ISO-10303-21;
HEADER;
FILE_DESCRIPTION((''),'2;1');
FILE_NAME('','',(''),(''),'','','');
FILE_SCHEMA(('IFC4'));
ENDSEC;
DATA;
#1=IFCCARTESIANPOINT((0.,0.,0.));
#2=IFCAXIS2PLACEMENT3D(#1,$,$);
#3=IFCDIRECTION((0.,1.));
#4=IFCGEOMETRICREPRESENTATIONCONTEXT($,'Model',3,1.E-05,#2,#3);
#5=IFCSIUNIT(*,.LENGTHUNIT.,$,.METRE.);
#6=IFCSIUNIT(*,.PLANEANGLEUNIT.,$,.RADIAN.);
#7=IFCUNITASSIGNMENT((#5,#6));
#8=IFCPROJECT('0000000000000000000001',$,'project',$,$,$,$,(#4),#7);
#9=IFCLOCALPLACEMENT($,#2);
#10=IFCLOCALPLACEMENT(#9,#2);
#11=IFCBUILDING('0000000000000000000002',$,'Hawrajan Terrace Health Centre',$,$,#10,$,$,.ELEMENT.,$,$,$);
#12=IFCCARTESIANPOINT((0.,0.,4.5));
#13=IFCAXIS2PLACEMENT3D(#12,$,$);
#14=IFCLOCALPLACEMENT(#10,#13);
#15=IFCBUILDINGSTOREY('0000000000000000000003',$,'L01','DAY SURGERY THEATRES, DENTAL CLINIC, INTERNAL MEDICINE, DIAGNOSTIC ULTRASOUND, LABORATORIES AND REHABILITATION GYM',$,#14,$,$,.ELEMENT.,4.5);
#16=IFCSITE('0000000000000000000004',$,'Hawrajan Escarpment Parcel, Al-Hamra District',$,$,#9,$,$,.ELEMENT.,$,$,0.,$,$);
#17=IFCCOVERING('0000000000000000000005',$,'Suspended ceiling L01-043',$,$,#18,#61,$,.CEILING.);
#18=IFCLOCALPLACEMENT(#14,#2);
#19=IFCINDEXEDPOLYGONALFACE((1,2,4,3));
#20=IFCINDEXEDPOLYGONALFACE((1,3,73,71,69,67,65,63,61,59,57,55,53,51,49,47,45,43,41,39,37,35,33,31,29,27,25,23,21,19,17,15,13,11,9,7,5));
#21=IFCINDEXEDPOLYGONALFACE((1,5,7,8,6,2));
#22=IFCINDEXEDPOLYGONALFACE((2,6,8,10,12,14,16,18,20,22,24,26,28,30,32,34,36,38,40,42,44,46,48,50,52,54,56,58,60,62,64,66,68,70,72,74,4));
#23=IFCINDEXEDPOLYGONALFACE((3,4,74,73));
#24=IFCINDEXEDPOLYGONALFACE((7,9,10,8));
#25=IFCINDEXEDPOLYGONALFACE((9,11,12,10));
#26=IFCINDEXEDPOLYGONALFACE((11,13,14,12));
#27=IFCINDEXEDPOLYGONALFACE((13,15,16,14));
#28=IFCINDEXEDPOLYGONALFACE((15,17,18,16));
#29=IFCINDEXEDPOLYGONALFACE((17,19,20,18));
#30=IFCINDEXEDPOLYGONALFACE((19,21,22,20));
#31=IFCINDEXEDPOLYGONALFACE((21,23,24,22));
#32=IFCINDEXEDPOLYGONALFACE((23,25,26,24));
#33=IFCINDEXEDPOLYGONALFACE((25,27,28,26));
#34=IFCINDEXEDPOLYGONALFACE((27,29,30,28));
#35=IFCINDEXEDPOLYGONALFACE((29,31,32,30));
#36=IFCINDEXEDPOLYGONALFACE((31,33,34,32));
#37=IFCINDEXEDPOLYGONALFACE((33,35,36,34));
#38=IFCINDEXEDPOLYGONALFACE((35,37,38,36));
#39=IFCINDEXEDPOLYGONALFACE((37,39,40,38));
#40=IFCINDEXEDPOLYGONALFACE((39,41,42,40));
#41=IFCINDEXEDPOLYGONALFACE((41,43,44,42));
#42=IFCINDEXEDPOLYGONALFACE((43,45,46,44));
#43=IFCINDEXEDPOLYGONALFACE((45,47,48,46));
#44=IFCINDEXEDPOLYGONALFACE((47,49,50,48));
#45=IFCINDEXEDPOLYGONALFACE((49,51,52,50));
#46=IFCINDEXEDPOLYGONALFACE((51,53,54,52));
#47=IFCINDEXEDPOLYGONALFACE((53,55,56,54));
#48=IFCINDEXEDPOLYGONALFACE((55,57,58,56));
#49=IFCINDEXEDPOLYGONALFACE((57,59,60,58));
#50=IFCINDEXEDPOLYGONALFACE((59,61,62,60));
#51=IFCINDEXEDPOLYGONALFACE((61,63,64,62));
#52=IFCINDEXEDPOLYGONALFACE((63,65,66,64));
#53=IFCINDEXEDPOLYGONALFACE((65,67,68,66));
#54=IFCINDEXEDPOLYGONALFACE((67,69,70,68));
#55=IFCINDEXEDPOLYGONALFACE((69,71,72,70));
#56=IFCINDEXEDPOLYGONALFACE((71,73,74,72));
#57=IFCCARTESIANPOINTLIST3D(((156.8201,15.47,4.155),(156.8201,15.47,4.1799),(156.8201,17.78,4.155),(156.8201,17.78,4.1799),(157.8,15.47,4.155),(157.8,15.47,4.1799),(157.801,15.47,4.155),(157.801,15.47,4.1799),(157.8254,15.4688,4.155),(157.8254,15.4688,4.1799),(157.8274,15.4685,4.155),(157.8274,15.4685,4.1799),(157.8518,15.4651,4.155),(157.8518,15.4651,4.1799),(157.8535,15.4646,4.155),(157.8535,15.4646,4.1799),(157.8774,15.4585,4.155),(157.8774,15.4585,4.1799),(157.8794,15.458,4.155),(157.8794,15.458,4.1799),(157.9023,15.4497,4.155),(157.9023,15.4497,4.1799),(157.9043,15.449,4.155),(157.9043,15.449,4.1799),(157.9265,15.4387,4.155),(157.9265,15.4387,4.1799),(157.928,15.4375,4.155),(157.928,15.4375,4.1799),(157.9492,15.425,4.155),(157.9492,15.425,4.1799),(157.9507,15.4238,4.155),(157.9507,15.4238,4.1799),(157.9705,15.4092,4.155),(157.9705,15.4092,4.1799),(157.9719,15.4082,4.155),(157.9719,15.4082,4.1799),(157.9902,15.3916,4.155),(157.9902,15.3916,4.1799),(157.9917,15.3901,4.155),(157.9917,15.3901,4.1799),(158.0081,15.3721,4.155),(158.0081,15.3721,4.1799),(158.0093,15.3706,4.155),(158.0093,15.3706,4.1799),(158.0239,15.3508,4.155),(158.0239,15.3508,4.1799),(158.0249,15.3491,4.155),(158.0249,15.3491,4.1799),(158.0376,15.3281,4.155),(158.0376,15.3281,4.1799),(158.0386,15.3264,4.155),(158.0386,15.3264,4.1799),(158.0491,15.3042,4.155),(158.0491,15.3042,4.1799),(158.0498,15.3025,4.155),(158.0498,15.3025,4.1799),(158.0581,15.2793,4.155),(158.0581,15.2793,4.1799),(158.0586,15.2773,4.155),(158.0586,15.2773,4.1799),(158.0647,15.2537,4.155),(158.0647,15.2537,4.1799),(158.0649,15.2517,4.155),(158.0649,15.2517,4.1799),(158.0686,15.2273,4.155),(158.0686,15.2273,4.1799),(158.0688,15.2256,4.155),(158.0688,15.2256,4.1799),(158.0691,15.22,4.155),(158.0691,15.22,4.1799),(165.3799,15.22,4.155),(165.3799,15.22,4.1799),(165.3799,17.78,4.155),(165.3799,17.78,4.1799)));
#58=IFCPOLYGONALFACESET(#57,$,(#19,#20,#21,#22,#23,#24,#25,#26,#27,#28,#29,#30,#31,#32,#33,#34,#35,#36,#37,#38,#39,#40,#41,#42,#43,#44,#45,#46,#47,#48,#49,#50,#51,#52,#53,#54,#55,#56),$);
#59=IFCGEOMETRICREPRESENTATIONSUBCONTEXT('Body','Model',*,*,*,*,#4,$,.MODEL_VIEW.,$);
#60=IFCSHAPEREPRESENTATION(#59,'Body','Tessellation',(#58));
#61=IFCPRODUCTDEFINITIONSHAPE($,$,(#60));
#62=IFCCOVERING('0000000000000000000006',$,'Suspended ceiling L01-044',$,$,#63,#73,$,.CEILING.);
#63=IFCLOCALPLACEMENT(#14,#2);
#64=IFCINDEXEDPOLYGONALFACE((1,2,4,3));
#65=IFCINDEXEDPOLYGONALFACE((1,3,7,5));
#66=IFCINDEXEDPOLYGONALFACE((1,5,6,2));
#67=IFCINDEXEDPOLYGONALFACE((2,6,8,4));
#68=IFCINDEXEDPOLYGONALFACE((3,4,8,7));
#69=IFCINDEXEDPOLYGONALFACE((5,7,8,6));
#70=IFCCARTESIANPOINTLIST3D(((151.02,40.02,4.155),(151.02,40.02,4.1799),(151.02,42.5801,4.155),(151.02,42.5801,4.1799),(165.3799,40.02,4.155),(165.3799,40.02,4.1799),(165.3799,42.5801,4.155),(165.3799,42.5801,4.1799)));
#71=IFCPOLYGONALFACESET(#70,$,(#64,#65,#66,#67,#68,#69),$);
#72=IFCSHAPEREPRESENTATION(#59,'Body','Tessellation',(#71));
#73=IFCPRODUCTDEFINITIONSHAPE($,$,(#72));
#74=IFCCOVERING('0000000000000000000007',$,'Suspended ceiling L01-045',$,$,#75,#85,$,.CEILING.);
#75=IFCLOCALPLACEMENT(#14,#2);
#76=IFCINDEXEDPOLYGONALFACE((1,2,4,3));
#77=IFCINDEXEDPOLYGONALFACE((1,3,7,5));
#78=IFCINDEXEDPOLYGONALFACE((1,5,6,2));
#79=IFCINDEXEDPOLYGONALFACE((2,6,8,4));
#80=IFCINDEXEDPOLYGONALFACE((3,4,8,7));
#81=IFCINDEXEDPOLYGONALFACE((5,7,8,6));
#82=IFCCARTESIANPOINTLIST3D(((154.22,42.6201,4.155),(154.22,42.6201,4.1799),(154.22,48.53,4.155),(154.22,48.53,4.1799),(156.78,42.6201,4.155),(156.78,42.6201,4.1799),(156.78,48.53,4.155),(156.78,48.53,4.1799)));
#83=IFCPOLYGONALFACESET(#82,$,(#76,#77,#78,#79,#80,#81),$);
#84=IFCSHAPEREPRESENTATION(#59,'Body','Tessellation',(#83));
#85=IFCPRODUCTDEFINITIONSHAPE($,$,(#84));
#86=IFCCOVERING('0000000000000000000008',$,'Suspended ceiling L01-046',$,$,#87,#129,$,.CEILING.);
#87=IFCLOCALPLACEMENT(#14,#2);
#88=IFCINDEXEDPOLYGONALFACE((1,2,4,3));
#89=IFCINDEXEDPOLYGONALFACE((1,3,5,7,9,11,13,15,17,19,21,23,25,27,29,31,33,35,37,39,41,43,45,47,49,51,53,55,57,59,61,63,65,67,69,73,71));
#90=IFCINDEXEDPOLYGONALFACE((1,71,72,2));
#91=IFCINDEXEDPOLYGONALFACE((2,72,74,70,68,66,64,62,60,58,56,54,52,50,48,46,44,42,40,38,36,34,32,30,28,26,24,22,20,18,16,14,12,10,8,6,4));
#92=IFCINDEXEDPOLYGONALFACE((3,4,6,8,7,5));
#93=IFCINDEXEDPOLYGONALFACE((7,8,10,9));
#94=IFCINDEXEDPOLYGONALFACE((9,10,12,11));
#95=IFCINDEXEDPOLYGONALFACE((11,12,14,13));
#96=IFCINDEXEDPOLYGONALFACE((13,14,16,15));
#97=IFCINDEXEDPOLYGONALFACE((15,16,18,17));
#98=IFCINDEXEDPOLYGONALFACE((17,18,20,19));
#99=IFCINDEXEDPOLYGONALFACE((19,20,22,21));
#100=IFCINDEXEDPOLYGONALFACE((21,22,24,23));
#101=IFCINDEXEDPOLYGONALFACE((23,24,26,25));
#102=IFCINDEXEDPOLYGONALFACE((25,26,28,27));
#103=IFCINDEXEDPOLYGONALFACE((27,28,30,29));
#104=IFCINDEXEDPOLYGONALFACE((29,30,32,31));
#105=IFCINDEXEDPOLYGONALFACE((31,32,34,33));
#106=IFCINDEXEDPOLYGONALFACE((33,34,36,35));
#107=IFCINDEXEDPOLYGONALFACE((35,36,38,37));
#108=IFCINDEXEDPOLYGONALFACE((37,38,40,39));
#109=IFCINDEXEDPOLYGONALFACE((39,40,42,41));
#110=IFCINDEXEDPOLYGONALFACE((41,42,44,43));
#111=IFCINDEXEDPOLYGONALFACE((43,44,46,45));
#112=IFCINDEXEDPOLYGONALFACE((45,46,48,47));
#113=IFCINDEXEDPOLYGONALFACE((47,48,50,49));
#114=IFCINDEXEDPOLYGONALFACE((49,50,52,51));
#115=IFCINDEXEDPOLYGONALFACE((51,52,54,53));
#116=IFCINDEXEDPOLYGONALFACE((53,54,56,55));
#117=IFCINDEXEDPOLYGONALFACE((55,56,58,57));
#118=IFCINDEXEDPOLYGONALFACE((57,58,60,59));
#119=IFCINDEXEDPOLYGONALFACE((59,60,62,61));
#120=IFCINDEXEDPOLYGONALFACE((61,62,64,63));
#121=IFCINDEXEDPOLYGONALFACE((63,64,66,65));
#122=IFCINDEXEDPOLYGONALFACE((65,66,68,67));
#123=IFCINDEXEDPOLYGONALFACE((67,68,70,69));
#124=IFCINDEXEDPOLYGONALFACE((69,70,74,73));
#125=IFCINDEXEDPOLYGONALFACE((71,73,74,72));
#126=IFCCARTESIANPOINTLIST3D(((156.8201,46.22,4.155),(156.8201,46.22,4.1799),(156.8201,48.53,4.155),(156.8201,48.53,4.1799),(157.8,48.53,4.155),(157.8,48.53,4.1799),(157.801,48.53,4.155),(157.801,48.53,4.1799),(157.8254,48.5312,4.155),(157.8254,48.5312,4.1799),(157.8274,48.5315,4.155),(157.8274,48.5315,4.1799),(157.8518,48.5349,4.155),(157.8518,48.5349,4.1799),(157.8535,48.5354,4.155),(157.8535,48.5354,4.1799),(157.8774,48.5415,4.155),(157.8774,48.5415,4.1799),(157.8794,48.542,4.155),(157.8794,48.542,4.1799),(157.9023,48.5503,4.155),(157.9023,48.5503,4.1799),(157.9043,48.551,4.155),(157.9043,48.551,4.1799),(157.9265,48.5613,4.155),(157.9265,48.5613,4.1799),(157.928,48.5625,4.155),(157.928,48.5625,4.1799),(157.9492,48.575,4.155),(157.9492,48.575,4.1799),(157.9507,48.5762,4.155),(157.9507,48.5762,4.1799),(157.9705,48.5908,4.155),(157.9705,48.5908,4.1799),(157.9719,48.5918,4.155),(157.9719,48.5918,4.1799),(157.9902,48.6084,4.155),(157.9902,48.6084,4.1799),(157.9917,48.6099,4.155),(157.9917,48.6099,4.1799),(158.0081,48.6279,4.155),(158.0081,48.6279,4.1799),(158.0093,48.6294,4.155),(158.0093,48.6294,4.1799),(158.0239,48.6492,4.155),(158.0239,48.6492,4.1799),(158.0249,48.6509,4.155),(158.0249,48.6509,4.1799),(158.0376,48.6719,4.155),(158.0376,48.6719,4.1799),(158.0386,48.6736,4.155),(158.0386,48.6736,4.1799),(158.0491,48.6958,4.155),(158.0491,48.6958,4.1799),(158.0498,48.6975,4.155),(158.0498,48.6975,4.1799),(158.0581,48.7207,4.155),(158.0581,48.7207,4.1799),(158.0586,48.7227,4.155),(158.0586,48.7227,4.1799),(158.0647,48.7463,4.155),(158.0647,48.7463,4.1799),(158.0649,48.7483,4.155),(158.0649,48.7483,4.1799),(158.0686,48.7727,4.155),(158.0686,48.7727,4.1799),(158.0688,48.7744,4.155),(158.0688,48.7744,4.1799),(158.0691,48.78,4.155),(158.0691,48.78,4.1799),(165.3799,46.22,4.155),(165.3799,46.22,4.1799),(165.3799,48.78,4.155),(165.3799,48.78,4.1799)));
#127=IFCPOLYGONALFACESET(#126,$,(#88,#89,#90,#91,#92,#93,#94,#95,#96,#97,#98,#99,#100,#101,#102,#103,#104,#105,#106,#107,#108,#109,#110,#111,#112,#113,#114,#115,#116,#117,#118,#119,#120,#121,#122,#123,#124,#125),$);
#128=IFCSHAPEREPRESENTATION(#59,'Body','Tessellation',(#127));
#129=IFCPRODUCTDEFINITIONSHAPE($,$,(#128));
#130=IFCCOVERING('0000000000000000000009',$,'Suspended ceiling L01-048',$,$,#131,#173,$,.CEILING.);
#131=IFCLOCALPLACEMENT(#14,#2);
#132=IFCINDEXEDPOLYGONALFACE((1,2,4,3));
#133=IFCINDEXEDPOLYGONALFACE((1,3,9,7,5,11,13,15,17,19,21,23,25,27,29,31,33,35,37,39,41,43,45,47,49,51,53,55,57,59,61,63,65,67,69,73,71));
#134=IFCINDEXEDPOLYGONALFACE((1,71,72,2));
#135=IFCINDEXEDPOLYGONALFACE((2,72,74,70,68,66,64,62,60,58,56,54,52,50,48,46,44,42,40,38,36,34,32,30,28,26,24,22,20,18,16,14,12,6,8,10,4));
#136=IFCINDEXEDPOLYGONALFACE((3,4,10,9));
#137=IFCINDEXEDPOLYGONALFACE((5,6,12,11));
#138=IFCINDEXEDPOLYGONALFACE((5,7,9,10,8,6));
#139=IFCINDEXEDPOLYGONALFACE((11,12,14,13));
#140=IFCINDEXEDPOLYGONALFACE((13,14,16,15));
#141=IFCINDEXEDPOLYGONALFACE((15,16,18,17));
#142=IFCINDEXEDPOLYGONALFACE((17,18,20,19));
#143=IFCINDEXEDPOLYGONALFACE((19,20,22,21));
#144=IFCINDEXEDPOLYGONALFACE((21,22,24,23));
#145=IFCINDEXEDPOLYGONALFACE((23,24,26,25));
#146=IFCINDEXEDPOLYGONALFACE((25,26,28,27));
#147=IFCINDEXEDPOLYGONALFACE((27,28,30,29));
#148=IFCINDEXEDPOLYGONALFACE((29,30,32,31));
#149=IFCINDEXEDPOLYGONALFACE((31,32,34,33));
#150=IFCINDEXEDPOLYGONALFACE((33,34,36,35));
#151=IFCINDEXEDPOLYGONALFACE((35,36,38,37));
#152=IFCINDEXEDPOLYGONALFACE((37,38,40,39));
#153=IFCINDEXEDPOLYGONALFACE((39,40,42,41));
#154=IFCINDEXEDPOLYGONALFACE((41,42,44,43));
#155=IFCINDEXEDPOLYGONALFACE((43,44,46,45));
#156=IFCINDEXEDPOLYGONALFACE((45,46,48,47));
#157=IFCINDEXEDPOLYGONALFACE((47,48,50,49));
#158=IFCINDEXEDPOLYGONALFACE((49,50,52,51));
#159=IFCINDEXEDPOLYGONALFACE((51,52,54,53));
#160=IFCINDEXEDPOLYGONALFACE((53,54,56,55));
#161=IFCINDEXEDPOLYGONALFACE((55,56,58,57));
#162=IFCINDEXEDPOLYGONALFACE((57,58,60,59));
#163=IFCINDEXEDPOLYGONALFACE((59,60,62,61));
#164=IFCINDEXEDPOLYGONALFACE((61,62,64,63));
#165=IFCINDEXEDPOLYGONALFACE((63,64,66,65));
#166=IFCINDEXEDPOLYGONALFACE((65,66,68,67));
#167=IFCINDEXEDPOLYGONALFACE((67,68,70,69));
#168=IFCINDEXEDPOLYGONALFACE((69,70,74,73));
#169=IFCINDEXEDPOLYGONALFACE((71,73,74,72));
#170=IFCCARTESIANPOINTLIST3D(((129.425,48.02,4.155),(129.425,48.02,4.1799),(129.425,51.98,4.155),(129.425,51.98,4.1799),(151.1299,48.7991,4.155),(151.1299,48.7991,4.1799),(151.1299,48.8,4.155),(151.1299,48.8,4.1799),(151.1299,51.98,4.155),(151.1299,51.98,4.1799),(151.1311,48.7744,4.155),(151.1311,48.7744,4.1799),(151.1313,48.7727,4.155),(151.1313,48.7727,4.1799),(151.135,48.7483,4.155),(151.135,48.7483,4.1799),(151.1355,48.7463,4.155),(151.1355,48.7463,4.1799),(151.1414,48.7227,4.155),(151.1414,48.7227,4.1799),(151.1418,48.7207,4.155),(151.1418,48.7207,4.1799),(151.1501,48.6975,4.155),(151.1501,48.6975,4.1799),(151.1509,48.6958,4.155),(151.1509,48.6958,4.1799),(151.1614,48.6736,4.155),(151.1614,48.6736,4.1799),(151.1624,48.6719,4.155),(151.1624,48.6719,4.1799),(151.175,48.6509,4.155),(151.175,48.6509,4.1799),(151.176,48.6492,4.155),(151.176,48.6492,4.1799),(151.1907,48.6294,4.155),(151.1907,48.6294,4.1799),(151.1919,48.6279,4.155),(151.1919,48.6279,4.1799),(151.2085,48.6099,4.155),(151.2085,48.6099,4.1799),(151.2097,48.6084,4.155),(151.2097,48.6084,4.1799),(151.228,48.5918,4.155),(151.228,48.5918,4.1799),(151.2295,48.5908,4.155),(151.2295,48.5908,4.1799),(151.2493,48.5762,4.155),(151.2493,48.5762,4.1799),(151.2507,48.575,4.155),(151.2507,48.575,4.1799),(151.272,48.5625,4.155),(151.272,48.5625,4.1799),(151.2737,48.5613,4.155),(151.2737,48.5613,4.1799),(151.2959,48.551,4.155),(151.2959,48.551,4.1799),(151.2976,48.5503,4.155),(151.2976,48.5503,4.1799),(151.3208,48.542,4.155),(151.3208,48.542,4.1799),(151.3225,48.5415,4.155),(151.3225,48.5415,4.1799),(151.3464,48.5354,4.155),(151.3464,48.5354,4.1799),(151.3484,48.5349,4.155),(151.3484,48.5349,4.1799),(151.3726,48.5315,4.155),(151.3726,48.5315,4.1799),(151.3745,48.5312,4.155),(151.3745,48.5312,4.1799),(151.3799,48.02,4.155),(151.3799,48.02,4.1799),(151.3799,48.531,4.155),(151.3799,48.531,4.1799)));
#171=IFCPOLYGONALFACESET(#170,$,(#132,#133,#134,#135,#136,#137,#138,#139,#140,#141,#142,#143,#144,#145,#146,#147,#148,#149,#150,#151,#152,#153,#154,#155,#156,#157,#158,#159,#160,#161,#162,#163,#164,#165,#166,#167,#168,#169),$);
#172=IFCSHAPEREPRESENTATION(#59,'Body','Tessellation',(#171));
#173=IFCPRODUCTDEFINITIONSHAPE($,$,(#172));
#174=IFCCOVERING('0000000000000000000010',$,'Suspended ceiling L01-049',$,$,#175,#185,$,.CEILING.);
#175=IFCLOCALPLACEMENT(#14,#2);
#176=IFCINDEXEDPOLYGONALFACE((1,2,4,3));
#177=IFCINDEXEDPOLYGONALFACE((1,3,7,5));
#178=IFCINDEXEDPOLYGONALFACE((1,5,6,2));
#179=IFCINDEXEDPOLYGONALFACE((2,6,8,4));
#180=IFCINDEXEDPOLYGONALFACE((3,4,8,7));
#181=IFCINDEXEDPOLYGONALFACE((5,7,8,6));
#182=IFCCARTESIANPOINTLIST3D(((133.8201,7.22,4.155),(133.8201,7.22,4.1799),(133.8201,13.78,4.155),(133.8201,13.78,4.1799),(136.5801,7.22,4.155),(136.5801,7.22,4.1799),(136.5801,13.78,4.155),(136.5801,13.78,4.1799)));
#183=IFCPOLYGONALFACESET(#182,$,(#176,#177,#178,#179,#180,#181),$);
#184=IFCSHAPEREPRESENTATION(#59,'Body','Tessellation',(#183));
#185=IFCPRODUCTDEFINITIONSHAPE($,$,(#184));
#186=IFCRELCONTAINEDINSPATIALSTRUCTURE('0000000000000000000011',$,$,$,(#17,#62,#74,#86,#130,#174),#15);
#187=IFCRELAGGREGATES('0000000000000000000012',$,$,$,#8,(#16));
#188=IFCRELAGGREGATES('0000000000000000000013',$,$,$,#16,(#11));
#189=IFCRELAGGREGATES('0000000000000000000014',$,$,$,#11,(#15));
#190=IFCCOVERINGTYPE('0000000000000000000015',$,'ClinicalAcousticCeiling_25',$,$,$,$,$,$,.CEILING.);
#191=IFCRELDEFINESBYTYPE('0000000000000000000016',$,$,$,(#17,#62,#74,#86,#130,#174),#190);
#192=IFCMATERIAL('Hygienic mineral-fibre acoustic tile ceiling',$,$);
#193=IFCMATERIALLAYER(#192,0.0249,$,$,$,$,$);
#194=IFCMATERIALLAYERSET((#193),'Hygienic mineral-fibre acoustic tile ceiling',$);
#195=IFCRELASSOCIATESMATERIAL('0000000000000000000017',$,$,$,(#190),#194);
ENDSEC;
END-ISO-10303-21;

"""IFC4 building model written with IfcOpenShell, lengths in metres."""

from ifc_helpers import new_model, si_unit, direction, frame, origin, place, context, subcontext, project, spatial, polyline, outline, extrude, material, layer, layer_set, type_object, element, save


model = new_model("IFC4")

# Units and contexts
model_context = context("Model", 3, precision=1e-05, world=origin(), true_north=direction((0.0, 1.0)))
body_context = subcontext(model_context, "Body", "Model", "MODEL_VIEW")
ifc_project = project(units=[si_unit("LENGTHUNIT", "METRE"), si_unit("PLANEANGLEUNIT", "RADIAN")], contexts=[model_context])

# Site, building, storey
site_placement = place(None, origin())
site = spatial("IfcSite", under=ifc_project, at=site_placement, Name="Hawrajan Escarpment Parcel, Al-Hamra District", CompositionType="ELEMENT", RefElevation=0.0)
building_placement = place(site_placement, origin())
building = spatial("IfcBuilding", under=site, at=building_placement, Name="Hawrajan Terrace Health Centre", CompositionType="ELEMENT")
storey_placement = place(building_placement, frame((0.0, 0.0, 4.5)))
storey = spatial("IfcBuildingStorey", under=building, at=storey_placement, Name="L01", Description="DAY SURGERY THEATRES, DENTAL CLINIC, INTERNAL MEDICINE, DIAGNOSTIC ULTRASOUND, LABORATORIES AND REHABILITATION GYM", CompositionType="ELEMENT", Elevation=4.5)

# Coverings
ifc_material = material(Name="Hygienic mineral-fibre acoustic tile ceiling")
ifc_layer = layer(ifc_material, 0.0249)
ifc_layer_set = layer_set([ifc_layer], Name="Hygienic mineral-fibre acoustic tile ceiling")
covering_type = type_object("IfcCoveringType", Name="ClinicalAcousticCeiling_25", PredefinedType="CEILING", material=ifc_layer_set)
covering_1_placement = place(storey_placement, frame((0.0, 0.0, 4.155)))
element("IfcCovering", 1, at=covering_1_placement, inside=storey, type_object=covering_type, Name="Suspended ceiling L01-043", PredefinedType="CEILING", context=body_context, shape_type="SweptSolid", body=[
    extrude(outline(polyline([(156.8201, 17.78), (165.3799, 17.78), (165.3799, 15.22), (158.0691, 15.22), (158.0688, 15.2256), (158.0686, 15.2273), (158.0649, 15.2517), (158.0647, 15.2537), (158.0586, 15.2773), (158.0581, 15.2793), (158.0498, 15.3025), (158.0491, 15.3042), (158.0386, 15.3264), (158.0376, 15.3281), (158.0249, 15.3491), (158.0239, 15.3508), (158.0093, 15.3706), (158.0081, 15.3721), (157.9917, 15.3901), (157.9902, 15.3916), (157.9719, 15.4082), (157.9705, 15.4092), (157.9507, 15.4238), (157.9492, 15.425), (157.928, 15.4375), (157.9265, 15.4387), (157.9043, 15.449), (157.9023, 15.4497), (157.8794, 15.458), (157.8774, 15.4585), (157.8535, 15.4646), (157.8518, 15.4651), (157.8274, 15.4685), (157.8254, 15.4688), (157.801, 15.47), (157.8, 15.47), (156.8201, 15.47), (156.8201, 17.78)])), origin(), (0.0, 0.0, 1.0), 0.0249),
])
covering_2_placement = place(storey_placement, frame((0.0, 0.0, 4.155)))
element("IfcCovering", 2, at=covering_2_placement, inside=storey, type_object=covering_type, Name="Suspended ceiling L01-044", PredefinedType="CEILING", context=body_context, shape_type="SweptSolid", body=[
    extrude(outline(polyline([(151.02, 42.5801), (165.3799, 42.5801), (165.3799, 40.02), (151.02, 40.02), (151.02, 42.5801)])), origin(), (0.0, 0.0, 1.0), 0.0249),
])
covering_3_placement = place(storey_placement, frame((0.0, 0.0, 4.155)))
element("IfcCovering", 3, at=covering_3_placement, inside=storey, type_object=covering_type, Name="Suspended ceiling L01-045", PredefinedType="CEILING", context=body_context, shape_type="SweptSolid", body=[
    extrude(outline(polyline([(156.78, 42.6201), (154.22, 42.6201), (154.22, 48.53), (156.78, 48.53), (156.78, 42.6201)])), origin(), (0.0, 0.0, 1.0), 0.0249),
])
covering_4_placement = place(storey_placement, frame((0.0, 0.0, 4.155)))
element("IfcCovering", 4, at=covering_4_placement, inside=storey, type_object=covering_type, Name="Suspended ceiling L01-046", PredefinedType="CEILING", context=body_context, shape_type="SweptSolid", body=[
    extrude(outline(polyline([(165.3799, 48.78), (165.3799, 46.22), (156.8201, 46.22), (156.8201, 48.53), (157.8, 48.53), (157.801, 48.53), (157.8254, 48.5312), (157.8274, 48.5315), (157.8518, 48.5349), (157.8535, 48.5354), (157.8774, 48.5415), (157.8794, 48.542), (157.9023, 48.5503), (157.9043, 48.551), (157.9265, 48.5613), (157.928, 48.5625), (157.9492, 48.575), (157.9507, 48.5762), (157.9705, 48.5908), (157.9719, 48.5918), (157.9902, 48.6084), (157.9917, 48.6099), (158.0081, 48.6279), (158.0093, 48.6294), (158.0239, 48.6492), (158.0249, 48.6509), (158.0376, 48.6719), (158.0386, 48.6736), (158.0491, 48.6958), (158.0498, 48.6975), (158.0581, 48.7207), (158.0586, 48.7227), (158.0647, 48.7463), (158.0649, 48.7483), (158.0686, 48.7727), (158.0688, 48.7744), (158.0691, 48.78), (165.3799, 48.78)])), origin(), (0.0, 0.0, 1.0), 0.0249),
])
covering_5_placement = place(storey_placement, frame((0.0, 0.0, 4.155)))
element("IfcCovering", 5, at=covering_5_placement, inside=storey, type_object=covering_type, Name="Suspended ceiling L01-048", PredefinedType="CEILING", context=body_context, shape_type="SweptSolid", body=[
    extrude(outline(polyline([(151.3799, 48.02), (129.425, 48.02), (129.425, 51.98), (151.1299, 51.98), (151.1299, 48.8), (151.1299, 48.7991), (151.1311, 48.7744), (151.1313, 48.7727), (151.135, 48.7483), (151.1355, 48.7463), (151.1414, 48.7227), (151.1418, 48.7207), (151.1501, 48.6975), (151.1509, 48.6958), (151.1614, 48.6736), (151.1624, 48.6719), (151.175, 48.6509), (151.176, 48.6492), (151.1907, 48.6294), (151.1919, 48.6279), (151.2085, 48.6099), (151.2097, 48.6084), (151.228, 48.5918), (151.2295, 48.5908), (151.2493, 48.5762), (151.2507, 48.575), (151.272, 48.5625), (151.2737, 48.5613), (151.2959, 48.551), (151.2976, 48.5503), (151.3208, 48.542), (151.3225, 48.5415), (151.3464, 48.5354), (151.3484, 48.5349), (151.3726, 48.5315), (151.3745, 48.5312), (151.3799, 48.531), (151.3799, 48.02)])), origin(), (0.0, 0.0, 1.0), 0.0249),
])
covering_6_placement = place(storey_placement, frame((0.0, 0.0, 4.155)))
element("IfcCovering", 6, at=covering_6_placement, inside=storey, type_object=covering_type, Name="Suspended ceiling L01-049", PredefinedType="CEILING", context=body_context, shape_type="SweptSolid", body=[
    extrude(outline(polyline([(133.8201, 13.78), (136.5801, 13.78), (136.5801, 7.22), (133.8201, 7.22), (133.8201, 13.78)])), origin(), (0.0, 0.0, 1.0), 0.0249),
])

save(model, "model.ifc")
